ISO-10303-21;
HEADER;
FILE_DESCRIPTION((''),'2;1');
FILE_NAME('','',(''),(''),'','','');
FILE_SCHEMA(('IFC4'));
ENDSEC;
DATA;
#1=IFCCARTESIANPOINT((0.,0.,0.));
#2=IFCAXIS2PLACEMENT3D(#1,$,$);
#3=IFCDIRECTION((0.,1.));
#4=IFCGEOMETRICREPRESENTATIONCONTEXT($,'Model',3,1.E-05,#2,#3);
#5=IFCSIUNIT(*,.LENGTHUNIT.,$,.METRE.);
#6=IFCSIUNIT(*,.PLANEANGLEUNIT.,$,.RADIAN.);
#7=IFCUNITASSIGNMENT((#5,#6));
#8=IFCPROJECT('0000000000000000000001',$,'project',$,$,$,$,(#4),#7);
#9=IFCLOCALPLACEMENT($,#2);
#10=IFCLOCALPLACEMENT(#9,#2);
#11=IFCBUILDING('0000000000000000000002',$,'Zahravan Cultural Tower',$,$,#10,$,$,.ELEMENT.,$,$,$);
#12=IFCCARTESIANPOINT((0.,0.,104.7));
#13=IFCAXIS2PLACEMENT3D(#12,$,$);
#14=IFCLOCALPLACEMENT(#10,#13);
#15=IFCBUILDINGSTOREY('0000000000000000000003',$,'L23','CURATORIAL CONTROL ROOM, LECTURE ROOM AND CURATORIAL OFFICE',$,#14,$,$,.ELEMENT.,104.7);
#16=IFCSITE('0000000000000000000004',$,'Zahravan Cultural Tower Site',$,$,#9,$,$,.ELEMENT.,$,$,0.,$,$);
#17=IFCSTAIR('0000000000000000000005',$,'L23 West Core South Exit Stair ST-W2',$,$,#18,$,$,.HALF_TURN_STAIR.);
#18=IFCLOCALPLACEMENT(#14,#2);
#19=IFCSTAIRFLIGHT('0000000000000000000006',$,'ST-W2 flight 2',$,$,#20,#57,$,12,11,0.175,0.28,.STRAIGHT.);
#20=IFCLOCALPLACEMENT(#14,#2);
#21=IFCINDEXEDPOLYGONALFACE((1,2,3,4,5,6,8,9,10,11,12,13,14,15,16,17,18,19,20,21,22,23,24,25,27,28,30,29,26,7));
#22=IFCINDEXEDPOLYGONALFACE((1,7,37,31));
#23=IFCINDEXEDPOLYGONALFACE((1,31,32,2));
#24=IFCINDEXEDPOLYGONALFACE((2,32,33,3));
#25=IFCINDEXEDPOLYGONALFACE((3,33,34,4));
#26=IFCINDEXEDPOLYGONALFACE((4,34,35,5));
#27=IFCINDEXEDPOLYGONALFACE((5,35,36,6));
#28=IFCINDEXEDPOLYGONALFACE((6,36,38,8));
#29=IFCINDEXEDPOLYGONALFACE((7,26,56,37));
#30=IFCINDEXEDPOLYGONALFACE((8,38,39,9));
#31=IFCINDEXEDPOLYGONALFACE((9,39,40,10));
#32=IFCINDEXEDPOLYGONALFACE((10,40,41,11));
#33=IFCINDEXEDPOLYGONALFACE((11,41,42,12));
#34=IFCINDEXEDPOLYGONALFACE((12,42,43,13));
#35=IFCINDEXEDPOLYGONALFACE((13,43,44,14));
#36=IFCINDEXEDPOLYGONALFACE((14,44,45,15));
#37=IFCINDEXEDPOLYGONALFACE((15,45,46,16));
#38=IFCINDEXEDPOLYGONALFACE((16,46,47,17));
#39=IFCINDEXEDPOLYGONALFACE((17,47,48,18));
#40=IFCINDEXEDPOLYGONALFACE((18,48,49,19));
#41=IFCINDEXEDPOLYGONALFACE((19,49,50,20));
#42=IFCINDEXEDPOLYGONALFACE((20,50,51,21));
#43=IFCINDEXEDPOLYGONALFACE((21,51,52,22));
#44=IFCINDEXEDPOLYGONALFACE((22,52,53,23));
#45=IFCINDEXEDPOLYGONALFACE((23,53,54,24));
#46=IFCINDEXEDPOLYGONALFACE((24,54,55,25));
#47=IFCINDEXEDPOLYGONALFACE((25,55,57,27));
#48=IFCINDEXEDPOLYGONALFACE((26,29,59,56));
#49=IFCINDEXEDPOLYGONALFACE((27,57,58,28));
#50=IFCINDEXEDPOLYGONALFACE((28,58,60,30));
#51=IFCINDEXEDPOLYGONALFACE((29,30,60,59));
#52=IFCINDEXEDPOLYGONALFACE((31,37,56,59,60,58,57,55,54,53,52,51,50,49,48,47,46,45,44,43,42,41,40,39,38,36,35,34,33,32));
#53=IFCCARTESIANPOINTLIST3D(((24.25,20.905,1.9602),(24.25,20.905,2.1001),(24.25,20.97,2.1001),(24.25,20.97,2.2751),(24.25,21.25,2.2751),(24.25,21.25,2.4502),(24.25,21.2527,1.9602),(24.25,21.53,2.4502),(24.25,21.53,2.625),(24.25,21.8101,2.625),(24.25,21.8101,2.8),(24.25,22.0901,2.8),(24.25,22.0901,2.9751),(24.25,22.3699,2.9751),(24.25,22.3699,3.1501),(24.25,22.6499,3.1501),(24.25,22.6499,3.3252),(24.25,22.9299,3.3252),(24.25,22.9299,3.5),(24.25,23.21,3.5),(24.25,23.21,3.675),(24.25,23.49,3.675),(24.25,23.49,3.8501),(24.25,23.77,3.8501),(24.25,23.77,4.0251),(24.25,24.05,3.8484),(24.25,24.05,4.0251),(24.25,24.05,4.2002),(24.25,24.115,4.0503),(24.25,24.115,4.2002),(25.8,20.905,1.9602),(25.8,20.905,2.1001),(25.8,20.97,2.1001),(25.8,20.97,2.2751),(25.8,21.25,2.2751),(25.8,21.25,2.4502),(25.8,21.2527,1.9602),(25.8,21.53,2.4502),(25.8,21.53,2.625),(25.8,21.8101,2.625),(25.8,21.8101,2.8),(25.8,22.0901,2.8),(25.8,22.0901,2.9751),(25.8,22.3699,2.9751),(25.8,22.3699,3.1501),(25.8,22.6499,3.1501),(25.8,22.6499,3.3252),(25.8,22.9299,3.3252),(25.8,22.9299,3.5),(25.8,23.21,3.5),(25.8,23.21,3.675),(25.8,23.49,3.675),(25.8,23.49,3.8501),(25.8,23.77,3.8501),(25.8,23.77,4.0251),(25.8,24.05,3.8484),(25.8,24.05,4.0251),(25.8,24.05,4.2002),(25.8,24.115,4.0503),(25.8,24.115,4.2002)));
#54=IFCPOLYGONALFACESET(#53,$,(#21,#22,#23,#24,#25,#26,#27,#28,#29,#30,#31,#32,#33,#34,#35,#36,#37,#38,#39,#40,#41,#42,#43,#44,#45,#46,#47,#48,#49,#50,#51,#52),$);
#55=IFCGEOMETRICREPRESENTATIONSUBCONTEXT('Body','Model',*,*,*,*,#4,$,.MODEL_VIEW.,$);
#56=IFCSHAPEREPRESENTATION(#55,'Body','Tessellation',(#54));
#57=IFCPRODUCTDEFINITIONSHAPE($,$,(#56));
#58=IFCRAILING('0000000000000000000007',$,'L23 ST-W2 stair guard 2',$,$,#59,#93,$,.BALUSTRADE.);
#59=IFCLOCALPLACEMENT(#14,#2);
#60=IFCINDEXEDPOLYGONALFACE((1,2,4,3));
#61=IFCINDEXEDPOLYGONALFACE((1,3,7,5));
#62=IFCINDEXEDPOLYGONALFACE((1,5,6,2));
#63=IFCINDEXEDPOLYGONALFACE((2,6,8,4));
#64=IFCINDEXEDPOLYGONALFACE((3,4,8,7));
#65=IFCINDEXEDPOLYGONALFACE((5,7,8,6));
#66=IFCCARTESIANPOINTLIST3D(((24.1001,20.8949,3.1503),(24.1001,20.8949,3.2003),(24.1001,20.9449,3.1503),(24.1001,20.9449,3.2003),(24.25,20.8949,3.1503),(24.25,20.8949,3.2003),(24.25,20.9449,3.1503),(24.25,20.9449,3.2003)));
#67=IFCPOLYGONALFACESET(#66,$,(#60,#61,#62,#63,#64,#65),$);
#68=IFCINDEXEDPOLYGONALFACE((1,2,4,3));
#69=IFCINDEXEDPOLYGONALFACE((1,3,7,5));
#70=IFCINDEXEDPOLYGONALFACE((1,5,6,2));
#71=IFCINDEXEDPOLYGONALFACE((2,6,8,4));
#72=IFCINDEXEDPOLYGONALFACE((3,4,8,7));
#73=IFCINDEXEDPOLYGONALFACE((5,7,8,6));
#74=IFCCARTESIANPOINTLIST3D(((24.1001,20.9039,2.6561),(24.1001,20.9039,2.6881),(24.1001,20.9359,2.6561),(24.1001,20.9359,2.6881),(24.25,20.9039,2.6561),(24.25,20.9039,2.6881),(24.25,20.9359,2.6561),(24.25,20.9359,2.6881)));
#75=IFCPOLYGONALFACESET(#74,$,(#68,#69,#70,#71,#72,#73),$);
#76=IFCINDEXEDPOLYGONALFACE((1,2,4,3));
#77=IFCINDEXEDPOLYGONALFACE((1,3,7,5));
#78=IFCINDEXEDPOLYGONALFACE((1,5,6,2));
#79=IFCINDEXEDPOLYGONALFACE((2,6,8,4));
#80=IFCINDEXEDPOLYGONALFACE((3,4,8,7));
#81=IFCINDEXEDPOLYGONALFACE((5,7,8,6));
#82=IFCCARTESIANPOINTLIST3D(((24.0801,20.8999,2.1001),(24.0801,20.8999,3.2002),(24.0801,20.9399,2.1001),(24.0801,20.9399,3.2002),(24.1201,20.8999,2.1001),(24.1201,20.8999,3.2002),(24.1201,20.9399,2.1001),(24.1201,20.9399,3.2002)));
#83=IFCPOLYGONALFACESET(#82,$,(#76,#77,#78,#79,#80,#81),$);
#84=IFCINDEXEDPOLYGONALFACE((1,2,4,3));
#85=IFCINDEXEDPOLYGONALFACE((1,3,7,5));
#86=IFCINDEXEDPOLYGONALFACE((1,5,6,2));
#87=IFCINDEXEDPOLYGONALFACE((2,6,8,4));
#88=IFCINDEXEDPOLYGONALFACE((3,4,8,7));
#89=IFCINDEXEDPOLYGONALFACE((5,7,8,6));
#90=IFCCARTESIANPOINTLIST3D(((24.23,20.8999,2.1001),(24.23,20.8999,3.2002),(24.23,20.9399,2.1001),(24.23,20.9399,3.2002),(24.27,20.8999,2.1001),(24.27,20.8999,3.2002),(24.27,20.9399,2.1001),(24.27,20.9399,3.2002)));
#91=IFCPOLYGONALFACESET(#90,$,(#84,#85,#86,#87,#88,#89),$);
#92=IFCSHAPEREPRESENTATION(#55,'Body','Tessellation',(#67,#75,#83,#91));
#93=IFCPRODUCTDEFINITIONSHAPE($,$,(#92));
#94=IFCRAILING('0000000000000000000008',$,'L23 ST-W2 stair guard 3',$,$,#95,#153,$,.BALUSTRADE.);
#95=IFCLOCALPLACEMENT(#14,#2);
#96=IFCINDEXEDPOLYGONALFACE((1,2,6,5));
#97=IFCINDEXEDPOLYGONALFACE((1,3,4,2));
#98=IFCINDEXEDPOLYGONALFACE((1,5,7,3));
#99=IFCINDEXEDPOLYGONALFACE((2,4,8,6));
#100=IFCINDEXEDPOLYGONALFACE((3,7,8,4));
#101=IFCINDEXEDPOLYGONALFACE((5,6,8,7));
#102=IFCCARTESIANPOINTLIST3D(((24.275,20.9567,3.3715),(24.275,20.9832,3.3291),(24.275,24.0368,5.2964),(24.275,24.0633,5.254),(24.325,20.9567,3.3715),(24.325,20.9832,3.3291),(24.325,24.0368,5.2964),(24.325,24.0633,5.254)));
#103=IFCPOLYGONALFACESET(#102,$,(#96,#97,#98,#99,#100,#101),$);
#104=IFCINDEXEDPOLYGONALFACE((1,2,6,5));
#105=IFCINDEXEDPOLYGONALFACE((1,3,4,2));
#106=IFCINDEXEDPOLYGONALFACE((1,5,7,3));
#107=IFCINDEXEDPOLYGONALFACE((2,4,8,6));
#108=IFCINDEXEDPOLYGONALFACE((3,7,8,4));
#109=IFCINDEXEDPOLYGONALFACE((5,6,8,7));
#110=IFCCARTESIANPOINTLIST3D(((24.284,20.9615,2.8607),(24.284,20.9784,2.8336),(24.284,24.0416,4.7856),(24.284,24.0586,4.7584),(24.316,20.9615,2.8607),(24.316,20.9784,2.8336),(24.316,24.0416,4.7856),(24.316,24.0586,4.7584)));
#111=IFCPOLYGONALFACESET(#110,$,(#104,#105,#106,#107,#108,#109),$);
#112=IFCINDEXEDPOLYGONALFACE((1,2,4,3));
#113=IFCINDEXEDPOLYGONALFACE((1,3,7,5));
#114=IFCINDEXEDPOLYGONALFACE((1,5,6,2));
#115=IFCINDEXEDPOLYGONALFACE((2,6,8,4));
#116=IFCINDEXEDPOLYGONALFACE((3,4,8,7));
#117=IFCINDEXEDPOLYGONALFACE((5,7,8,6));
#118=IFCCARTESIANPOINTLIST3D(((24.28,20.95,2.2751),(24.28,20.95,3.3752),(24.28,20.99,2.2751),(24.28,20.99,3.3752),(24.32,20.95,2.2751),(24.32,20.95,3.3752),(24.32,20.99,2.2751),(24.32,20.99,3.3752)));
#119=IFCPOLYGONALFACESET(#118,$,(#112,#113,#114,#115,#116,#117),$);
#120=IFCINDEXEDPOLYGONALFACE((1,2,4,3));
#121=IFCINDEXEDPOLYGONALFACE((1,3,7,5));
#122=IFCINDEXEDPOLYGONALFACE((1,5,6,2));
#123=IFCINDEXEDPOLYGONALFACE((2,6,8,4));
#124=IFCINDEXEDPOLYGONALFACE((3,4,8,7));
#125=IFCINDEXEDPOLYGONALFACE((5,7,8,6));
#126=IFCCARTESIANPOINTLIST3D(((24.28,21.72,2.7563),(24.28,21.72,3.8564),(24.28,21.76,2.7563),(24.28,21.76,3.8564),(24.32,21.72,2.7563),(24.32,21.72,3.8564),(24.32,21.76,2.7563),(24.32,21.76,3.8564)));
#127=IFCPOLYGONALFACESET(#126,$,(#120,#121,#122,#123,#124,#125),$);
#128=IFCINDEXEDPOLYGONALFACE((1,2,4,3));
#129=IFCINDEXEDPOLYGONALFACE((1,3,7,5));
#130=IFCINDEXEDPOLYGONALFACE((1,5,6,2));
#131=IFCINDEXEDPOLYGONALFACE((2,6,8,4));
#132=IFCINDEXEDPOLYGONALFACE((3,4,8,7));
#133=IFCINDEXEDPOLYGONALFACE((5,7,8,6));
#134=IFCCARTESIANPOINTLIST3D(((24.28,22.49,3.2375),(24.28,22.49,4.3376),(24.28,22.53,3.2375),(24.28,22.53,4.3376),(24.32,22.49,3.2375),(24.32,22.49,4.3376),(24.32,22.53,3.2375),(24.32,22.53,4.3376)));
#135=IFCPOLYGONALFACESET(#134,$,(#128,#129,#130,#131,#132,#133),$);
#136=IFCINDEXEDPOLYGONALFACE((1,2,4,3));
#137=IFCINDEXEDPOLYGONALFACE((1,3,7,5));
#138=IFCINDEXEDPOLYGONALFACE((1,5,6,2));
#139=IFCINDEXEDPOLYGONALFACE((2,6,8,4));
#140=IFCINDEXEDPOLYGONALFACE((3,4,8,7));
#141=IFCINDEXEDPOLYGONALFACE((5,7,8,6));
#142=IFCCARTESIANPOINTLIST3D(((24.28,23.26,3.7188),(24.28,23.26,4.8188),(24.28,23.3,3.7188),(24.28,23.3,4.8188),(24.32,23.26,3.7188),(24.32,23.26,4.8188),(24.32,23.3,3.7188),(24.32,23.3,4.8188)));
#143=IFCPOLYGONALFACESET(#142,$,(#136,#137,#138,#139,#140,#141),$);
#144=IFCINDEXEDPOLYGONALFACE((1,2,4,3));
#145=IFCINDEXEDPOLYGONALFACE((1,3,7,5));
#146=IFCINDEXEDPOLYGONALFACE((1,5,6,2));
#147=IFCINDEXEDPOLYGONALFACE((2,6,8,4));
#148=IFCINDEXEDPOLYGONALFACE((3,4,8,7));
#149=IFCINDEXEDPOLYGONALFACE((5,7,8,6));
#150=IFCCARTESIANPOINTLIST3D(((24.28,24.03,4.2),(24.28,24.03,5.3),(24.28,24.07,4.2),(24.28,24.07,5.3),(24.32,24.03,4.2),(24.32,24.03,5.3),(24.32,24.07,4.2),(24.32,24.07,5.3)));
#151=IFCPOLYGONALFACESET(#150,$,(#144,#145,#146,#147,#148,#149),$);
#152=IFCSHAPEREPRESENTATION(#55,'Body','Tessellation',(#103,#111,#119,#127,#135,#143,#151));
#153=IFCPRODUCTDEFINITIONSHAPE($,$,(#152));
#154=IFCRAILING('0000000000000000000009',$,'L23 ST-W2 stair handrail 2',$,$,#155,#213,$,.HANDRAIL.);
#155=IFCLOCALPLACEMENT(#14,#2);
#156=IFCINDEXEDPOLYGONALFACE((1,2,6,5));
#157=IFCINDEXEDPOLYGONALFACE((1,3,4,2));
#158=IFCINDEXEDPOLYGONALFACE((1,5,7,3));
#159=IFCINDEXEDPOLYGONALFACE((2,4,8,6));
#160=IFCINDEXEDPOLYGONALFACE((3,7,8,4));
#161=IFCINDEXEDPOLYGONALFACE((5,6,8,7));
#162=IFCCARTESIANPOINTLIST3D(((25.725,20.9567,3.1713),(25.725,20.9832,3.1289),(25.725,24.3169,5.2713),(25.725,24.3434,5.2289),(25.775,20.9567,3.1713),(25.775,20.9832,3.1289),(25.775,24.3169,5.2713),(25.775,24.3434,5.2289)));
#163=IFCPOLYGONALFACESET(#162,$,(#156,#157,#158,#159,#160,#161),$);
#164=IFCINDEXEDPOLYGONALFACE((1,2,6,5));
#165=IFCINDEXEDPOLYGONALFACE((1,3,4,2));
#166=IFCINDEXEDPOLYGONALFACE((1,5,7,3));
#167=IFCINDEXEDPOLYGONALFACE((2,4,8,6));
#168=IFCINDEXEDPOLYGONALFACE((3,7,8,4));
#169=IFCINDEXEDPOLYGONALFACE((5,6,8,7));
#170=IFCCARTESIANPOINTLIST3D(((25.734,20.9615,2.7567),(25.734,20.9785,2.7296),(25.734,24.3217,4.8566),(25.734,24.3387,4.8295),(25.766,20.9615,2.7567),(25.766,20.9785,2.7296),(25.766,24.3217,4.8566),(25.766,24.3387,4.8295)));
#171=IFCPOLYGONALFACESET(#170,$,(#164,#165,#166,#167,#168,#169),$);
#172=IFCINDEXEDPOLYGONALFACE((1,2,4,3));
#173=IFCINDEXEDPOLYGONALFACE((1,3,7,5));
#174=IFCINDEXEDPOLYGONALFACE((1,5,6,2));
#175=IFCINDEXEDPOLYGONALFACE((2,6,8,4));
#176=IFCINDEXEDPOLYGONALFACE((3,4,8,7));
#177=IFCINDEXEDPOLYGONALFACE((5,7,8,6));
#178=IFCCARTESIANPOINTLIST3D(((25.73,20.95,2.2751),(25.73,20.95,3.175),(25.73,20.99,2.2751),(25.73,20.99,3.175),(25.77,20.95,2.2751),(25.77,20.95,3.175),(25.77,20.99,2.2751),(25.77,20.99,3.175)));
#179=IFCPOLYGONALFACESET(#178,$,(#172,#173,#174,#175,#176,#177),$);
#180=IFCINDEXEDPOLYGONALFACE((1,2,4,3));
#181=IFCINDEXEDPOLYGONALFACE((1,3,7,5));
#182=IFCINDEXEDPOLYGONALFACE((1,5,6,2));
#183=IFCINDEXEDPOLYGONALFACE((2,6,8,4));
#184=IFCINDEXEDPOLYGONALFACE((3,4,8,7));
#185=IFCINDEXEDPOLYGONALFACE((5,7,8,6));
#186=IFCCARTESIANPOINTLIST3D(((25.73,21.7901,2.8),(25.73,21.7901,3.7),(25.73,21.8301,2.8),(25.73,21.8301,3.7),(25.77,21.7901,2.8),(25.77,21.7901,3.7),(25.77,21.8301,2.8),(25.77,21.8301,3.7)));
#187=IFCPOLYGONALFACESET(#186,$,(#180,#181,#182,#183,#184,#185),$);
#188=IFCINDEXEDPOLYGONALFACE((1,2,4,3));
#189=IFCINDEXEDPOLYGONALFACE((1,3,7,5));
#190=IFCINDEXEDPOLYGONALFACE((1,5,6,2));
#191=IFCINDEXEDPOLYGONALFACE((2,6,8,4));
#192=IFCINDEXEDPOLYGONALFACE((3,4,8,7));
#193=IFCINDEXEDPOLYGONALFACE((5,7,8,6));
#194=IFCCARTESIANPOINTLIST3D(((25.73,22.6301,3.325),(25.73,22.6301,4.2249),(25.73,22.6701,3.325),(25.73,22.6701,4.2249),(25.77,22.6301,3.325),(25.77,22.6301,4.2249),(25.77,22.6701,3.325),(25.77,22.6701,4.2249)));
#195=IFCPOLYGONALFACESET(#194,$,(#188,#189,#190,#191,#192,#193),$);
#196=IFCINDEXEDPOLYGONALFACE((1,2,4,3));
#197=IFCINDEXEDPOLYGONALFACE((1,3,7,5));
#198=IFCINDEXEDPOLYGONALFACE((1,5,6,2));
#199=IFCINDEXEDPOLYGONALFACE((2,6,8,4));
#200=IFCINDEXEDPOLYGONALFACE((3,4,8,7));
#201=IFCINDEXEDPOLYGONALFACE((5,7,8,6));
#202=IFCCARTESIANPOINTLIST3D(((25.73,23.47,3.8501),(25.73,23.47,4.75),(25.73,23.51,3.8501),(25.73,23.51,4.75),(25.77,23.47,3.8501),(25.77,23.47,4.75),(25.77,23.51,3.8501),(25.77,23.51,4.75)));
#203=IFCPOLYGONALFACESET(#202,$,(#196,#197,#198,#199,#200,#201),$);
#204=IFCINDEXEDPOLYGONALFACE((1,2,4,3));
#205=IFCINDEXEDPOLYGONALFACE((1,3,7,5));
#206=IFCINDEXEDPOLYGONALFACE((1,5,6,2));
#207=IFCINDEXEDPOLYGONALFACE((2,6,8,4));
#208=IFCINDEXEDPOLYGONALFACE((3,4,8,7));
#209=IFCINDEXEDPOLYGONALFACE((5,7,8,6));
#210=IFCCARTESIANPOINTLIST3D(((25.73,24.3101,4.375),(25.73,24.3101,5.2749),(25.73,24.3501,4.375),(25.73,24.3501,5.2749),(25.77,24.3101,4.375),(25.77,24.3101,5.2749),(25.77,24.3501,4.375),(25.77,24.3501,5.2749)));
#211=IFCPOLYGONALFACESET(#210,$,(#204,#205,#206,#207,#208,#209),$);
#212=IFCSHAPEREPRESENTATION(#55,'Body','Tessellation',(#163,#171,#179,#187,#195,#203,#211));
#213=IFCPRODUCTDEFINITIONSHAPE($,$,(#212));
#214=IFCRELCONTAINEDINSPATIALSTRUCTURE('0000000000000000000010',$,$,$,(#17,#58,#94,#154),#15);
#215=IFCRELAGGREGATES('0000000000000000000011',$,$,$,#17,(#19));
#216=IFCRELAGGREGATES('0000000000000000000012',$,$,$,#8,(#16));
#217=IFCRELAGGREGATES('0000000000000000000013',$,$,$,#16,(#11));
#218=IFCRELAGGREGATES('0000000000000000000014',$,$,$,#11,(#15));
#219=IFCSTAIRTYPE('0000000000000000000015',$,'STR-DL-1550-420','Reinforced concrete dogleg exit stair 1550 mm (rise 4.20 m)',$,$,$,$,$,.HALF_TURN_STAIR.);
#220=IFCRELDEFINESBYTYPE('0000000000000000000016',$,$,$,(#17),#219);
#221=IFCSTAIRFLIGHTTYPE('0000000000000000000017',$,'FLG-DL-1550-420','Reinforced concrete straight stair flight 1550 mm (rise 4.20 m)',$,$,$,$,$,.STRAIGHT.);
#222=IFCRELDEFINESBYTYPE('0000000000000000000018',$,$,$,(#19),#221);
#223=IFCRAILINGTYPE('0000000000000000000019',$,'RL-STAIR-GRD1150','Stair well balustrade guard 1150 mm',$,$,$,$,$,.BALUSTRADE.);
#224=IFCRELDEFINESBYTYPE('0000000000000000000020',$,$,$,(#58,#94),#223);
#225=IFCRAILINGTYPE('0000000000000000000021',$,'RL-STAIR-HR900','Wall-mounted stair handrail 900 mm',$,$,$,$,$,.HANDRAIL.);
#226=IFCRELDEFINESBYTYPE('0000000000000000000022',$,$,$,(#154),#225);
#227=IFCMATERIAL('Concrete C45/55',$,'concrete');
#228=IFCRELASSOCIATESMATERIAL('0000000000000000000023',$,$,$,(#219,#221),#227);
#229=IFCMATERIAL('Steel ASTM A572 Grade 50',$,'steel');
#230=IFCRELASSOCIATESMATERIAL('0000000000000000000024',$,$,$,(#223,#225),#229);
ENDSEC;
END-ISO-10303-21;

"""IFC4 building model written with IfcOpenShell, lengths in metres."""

from ifc_helpers import new_model, si_unit, direction, frame, origin, origin_2d, place, context, subcontext, project, spatial, polyline, rectangle, outline, extrude, material, type_object, element, aggregate, save


model = new_model("IFC4")

# Units and contexts
model_context = context("Model", 3, precision=1e-05, world=origin(), true_north=direction((0.0, 1.0)))
body_context = subcontext(model_context, "Body", "Model", "MODEL_VIEW")
ifc_project = project(units=[si_unit("LENGTHUNIT", "METRE"), si_unit("PLANEANGLEUNIT", "RADIAN")], contexts=[model_context])

# Site, building, storey
site_placement = place(None, origin())
site = spatial("IfcSite", under=ifc_project, at=site_placement, Name="Zahravan Cultural Tower Site", CompositionType="ELEMENT", RefElevation=0.0)
building_placement = place(site_placement, origin())
building = spatial("IfcBuilding", under=site, at=building_placement, Name="Zahravan Cultural Tower", CompositionType="ELEMENT")
storey_placement = place(building_placement, frame((0.0, 0.0, 104.7)))
storey = spatial("IfcBuildingStorey", under=building, at=storey_placement, Name="L23", Description="CURATORIAL CONTROL ROOM, LECTURE ROOM AND CURATORIAL OFFICE", CompositionType="ELEMENT", Elevation=104.7)

# Shared definitions
ifc_material_1 = material(Name="Steel ASTM A572 Grade 50", Category="steel")

# Shared definitions
ifc_material_2 = material(Name="Concrete C45/55", Category="concrete")

# Stair, stair flight
stair_type = type_object("IfcStairType", Name="STR-DL-1550-420", Description="Reinforced concrete dogleg exit stair 1550 mm (rise 4.20 m)", PredefinedType="HALF_TURN_STAIR", material=ifc_material_2)
stair_placement = place(storey_placement, origin())
stair = element("IfcStair", 1, at=stair_placement, inside=storey, type_object=stair_type, Name="L23 West Core South Exit Stair ST-W2", PredefinedType="HALF_TURN_STAIR")
stair_flight_type = type_object("IfcStairFlightType", Name="FLG-DL-1550-420", Description="Reinforced concrete straight stair flight 1550 mm (rise 4.20 m)", PredefinedType="STRAIGHT", material=ifc_material_2)
stair_flight_placement = place(storey_placement, frame((25.0249, 20.97, 2.1001), z_axis=(0.0, 0.0, 1.0), x_axis=(0.0, 1.0, 0.0)))
stair_flight = element("IfcStairFlight", 2, at=stair_flight_placement, type_object=stair_flight_type, Name="ST-W2 flight 2", NumberOfRisers=12, NumberOfTreads=11, PredefinedType="STRAIGHT", RiserHeight=0.175, TreadLength=0.28, context=body_context, shape_type="SweptSolid", body=[
    extrude(outline(polyline([(-0.0649, -0.1399), (-0.0649, 0.0), (0.0, 0.0), (0.0, 0.175), (0.28, 0.175), (0.28, 0.3501), (0.5601, 0.3501), (0.5601, 0.5249), (0.8401, 0.5249), (0.8401, 0.7), (1.1201, 0.7), (1.1201, 0.875), (1.3999, 0.875), (1.3999, 1.05), (1.6799, 1.05), (1.6799, 1.2251), (1.96, 1.2251), (1.96, 1.3999), (2.24, 1.3999), (2.24, 1.575), (2.52, 1.575), (2.52, 1.75), (2.8, 1.75), (2.8, 1.925), (3.0801, 1.925), (3.0801, 2.1001), (3.145, 2.1001), (3.145, 1.9502), (3.0801, 1.7483), (0.2827, -0.1399), (-0.0649, -0.1399)])), frame((0.0, 0.7749, 0.0), z_axis=(0.0, -1.0, 0.0), x_axis=(1.0, 0.0, 0.0)), (0.0, 0.0, 1.0), 1.55),
])
aggregate(stair, [stair_flight])

# Railings
railing_type_1 = type_object("IfcRailingType", Name="RL-STAIR-GRD1150", Description="Stair well balustrade guard 1150 mm", PredefinedType="BALUSTRADE", material=ifc_material_1)
railing_1_placement = place(storey_placement, frame((24.1001, 20.9199, 2.1001)))
element("IfcRailing", 3, at=railing_1_placement, inside=storey, type_object=railing_type_1, Name="L23 ST-W2 stair guard 2", PredefinedType="BALUSTRADE", context=body_context, shape_type="SweptSolid", body=[
    extrude(rectangle(XDim=0.05, YDim=0.05, at=origin_2d()), frame((0.0, 0.0, 1.0752), z_axis=(1.0, 0.0, 0.0), x_axis=(0.0, 1.0, 0.0)), (0.0, 0.0, 1.0), 0.1499),
    extrude(rectangle(XDim=0.032, YDim=0.032, at=origin_2d()), frame((0.0, 0.0, 0.572), z_axis=(1.0, 0.0, 0.0), x_axis=(0.0, 1.0, 0.0)), (0.0, 0.0, 1.0), 0.1499),
    extrude(rectangle(XDim=0.04, YDim=0.04, at=origin_2d()), origin(), (0.0, 0.0, 1.0), 1.1001),
    extrude(rectangle(XDim=0.04, YDim=0.04, at=origin_2d()), frame((0.1499, 0.0, 0.0)), (0.0, 0.0, 1.0), 1.1001),
])
railing_2_placement = place(storey_placement, frame((24.3, 20.97, 2.2751)))
element("IfcRailing", 4, at=railing_2_placement, inside=storey, type_object=railing_type_1, Name="L23 ST-W2 stair guard 3", PredefinedType="BALUSTRADE", context=body_context, shape_type="SweptSolid", body=[
    extrude(rectangle(XDim=0.05, YDim=0.05, at=origin_2d()), frame((0.0, 0.0, 1.0752), z_axis=(0.0, 0.848029, 0.529951), x_axis=(-1.0, 0.0, 0.0)), (0.0, 0.0, 1.0), 3.6321),
    extrude(rectangle(XDim=0.032, YDim=0.032, at=origin_2d()), frame((0.0, 0.0, 0.572), z_axis=(0.0, 0.848029, 0.529951), x_axis=(-1.0, 0.0, 0.0)), (0.0, 0.0, 1.0), 3.6321),
    extrude(rectangle(XDim=0.04, YDim=0.04, at=origin_2d()), origin(), (0.0, 0.0, 1.0), 1.1001),
    extrude(rectangle(XDim=0.04, YDim=0.04, at=origin_2d()), frame((0.0, 0.77, 0.4812)), (0.0, 0.0, 1.0), 1.1001),
    extrude(rectangle(XDim=0.04, YDim=0.04, at=origin_2d()), frame((0.0, 1.54, 0.9624)), (0.0, 0.0, 1.0), 1.1001),
    extrude(rectangle(XDim=0.04, YDim=0.04, at=origin_2d()), frame((0.0, 2.3101, 1.4436)), (0.0, 0.0, 1.0), 1.1001),
    extrude(rectangle(XDim=0.04, YDim=0.04, at=origin_2d()), frame((0.0, 3.0801, 1.9248)), (0.0, 0.0, 1.0), 1.1001),
])
railing_type_2 = type_object("IfcRailingType", Name="RL-STAIR-HR900", Description="Wall-mounted stair handrail 900 mm", PredefinedType="HANDRAIL", material=ifc_material_1)
railing_3_placement = place(storey_placement, frame((25.75, 20.97, 2.2751)))
element("IfcRailing", 5, at=railing_3_placement, inside=storey, type_object=railing_type_2, Name="L23 ST-W2 stair handrail 2", PredefinedType="HANDRAIL", context=body_context, shape_type="SweptSolid", body=[
    extrude(rectangle(XDim=0.05, YDim=0.05, at=origin_2d()), frame((0.0, 0.0, 0.875), z_axis=(0.0, 0.848023, 0.52996), x_axis=(-1.0, 0.0, 0.0)), (0.0, 0.0, 1.0), 3.9624),
    extrude(rectangle(XDim=0.032, YDim=0.032, at=origin_2d()), frame((0.0, 0.0, 0.468), z_axis=(0.0, 0.848023, 0.52996), x_axis=(-1.0, 0.0, 0.0)), (0.0, 0.0, 1.0), 3.9624),
    extrude(rectangle(XDim=0.04, YDim=0.04, at=origin_2d()), origin(), (0.0, 0.0, 1.0), 0.8999),
    extrude(rectangle(XDim=0.04, YDim=0.04, at=origin_2d()), frame((0.0, 0.8401, 0.5249)), (0.0, 0.0, 1.0), 0.8999),
    extrude(rectangle(XDim=0.04, YDim=0.04, at=origin_2d()), frame((0.0, 1.6802, 1.0498)), (0.0, 0.0, 1.0), 0.8999),
    extrude(rectangle(XDim=0.04, YDim=0.04, at=origin_2d()), frame((0.0, 2.52, 1.575)), (0.0, 0.0, 1.0), 0.8999),
    extrude(rectangle(XDim=0.04, YDim=0.04, at=origin_2d()), frame((0.0, 3.3601, 2.0999)), (0.0, 0.0, 1.0), 0.8999),
])

save(model, "model.ifc")
